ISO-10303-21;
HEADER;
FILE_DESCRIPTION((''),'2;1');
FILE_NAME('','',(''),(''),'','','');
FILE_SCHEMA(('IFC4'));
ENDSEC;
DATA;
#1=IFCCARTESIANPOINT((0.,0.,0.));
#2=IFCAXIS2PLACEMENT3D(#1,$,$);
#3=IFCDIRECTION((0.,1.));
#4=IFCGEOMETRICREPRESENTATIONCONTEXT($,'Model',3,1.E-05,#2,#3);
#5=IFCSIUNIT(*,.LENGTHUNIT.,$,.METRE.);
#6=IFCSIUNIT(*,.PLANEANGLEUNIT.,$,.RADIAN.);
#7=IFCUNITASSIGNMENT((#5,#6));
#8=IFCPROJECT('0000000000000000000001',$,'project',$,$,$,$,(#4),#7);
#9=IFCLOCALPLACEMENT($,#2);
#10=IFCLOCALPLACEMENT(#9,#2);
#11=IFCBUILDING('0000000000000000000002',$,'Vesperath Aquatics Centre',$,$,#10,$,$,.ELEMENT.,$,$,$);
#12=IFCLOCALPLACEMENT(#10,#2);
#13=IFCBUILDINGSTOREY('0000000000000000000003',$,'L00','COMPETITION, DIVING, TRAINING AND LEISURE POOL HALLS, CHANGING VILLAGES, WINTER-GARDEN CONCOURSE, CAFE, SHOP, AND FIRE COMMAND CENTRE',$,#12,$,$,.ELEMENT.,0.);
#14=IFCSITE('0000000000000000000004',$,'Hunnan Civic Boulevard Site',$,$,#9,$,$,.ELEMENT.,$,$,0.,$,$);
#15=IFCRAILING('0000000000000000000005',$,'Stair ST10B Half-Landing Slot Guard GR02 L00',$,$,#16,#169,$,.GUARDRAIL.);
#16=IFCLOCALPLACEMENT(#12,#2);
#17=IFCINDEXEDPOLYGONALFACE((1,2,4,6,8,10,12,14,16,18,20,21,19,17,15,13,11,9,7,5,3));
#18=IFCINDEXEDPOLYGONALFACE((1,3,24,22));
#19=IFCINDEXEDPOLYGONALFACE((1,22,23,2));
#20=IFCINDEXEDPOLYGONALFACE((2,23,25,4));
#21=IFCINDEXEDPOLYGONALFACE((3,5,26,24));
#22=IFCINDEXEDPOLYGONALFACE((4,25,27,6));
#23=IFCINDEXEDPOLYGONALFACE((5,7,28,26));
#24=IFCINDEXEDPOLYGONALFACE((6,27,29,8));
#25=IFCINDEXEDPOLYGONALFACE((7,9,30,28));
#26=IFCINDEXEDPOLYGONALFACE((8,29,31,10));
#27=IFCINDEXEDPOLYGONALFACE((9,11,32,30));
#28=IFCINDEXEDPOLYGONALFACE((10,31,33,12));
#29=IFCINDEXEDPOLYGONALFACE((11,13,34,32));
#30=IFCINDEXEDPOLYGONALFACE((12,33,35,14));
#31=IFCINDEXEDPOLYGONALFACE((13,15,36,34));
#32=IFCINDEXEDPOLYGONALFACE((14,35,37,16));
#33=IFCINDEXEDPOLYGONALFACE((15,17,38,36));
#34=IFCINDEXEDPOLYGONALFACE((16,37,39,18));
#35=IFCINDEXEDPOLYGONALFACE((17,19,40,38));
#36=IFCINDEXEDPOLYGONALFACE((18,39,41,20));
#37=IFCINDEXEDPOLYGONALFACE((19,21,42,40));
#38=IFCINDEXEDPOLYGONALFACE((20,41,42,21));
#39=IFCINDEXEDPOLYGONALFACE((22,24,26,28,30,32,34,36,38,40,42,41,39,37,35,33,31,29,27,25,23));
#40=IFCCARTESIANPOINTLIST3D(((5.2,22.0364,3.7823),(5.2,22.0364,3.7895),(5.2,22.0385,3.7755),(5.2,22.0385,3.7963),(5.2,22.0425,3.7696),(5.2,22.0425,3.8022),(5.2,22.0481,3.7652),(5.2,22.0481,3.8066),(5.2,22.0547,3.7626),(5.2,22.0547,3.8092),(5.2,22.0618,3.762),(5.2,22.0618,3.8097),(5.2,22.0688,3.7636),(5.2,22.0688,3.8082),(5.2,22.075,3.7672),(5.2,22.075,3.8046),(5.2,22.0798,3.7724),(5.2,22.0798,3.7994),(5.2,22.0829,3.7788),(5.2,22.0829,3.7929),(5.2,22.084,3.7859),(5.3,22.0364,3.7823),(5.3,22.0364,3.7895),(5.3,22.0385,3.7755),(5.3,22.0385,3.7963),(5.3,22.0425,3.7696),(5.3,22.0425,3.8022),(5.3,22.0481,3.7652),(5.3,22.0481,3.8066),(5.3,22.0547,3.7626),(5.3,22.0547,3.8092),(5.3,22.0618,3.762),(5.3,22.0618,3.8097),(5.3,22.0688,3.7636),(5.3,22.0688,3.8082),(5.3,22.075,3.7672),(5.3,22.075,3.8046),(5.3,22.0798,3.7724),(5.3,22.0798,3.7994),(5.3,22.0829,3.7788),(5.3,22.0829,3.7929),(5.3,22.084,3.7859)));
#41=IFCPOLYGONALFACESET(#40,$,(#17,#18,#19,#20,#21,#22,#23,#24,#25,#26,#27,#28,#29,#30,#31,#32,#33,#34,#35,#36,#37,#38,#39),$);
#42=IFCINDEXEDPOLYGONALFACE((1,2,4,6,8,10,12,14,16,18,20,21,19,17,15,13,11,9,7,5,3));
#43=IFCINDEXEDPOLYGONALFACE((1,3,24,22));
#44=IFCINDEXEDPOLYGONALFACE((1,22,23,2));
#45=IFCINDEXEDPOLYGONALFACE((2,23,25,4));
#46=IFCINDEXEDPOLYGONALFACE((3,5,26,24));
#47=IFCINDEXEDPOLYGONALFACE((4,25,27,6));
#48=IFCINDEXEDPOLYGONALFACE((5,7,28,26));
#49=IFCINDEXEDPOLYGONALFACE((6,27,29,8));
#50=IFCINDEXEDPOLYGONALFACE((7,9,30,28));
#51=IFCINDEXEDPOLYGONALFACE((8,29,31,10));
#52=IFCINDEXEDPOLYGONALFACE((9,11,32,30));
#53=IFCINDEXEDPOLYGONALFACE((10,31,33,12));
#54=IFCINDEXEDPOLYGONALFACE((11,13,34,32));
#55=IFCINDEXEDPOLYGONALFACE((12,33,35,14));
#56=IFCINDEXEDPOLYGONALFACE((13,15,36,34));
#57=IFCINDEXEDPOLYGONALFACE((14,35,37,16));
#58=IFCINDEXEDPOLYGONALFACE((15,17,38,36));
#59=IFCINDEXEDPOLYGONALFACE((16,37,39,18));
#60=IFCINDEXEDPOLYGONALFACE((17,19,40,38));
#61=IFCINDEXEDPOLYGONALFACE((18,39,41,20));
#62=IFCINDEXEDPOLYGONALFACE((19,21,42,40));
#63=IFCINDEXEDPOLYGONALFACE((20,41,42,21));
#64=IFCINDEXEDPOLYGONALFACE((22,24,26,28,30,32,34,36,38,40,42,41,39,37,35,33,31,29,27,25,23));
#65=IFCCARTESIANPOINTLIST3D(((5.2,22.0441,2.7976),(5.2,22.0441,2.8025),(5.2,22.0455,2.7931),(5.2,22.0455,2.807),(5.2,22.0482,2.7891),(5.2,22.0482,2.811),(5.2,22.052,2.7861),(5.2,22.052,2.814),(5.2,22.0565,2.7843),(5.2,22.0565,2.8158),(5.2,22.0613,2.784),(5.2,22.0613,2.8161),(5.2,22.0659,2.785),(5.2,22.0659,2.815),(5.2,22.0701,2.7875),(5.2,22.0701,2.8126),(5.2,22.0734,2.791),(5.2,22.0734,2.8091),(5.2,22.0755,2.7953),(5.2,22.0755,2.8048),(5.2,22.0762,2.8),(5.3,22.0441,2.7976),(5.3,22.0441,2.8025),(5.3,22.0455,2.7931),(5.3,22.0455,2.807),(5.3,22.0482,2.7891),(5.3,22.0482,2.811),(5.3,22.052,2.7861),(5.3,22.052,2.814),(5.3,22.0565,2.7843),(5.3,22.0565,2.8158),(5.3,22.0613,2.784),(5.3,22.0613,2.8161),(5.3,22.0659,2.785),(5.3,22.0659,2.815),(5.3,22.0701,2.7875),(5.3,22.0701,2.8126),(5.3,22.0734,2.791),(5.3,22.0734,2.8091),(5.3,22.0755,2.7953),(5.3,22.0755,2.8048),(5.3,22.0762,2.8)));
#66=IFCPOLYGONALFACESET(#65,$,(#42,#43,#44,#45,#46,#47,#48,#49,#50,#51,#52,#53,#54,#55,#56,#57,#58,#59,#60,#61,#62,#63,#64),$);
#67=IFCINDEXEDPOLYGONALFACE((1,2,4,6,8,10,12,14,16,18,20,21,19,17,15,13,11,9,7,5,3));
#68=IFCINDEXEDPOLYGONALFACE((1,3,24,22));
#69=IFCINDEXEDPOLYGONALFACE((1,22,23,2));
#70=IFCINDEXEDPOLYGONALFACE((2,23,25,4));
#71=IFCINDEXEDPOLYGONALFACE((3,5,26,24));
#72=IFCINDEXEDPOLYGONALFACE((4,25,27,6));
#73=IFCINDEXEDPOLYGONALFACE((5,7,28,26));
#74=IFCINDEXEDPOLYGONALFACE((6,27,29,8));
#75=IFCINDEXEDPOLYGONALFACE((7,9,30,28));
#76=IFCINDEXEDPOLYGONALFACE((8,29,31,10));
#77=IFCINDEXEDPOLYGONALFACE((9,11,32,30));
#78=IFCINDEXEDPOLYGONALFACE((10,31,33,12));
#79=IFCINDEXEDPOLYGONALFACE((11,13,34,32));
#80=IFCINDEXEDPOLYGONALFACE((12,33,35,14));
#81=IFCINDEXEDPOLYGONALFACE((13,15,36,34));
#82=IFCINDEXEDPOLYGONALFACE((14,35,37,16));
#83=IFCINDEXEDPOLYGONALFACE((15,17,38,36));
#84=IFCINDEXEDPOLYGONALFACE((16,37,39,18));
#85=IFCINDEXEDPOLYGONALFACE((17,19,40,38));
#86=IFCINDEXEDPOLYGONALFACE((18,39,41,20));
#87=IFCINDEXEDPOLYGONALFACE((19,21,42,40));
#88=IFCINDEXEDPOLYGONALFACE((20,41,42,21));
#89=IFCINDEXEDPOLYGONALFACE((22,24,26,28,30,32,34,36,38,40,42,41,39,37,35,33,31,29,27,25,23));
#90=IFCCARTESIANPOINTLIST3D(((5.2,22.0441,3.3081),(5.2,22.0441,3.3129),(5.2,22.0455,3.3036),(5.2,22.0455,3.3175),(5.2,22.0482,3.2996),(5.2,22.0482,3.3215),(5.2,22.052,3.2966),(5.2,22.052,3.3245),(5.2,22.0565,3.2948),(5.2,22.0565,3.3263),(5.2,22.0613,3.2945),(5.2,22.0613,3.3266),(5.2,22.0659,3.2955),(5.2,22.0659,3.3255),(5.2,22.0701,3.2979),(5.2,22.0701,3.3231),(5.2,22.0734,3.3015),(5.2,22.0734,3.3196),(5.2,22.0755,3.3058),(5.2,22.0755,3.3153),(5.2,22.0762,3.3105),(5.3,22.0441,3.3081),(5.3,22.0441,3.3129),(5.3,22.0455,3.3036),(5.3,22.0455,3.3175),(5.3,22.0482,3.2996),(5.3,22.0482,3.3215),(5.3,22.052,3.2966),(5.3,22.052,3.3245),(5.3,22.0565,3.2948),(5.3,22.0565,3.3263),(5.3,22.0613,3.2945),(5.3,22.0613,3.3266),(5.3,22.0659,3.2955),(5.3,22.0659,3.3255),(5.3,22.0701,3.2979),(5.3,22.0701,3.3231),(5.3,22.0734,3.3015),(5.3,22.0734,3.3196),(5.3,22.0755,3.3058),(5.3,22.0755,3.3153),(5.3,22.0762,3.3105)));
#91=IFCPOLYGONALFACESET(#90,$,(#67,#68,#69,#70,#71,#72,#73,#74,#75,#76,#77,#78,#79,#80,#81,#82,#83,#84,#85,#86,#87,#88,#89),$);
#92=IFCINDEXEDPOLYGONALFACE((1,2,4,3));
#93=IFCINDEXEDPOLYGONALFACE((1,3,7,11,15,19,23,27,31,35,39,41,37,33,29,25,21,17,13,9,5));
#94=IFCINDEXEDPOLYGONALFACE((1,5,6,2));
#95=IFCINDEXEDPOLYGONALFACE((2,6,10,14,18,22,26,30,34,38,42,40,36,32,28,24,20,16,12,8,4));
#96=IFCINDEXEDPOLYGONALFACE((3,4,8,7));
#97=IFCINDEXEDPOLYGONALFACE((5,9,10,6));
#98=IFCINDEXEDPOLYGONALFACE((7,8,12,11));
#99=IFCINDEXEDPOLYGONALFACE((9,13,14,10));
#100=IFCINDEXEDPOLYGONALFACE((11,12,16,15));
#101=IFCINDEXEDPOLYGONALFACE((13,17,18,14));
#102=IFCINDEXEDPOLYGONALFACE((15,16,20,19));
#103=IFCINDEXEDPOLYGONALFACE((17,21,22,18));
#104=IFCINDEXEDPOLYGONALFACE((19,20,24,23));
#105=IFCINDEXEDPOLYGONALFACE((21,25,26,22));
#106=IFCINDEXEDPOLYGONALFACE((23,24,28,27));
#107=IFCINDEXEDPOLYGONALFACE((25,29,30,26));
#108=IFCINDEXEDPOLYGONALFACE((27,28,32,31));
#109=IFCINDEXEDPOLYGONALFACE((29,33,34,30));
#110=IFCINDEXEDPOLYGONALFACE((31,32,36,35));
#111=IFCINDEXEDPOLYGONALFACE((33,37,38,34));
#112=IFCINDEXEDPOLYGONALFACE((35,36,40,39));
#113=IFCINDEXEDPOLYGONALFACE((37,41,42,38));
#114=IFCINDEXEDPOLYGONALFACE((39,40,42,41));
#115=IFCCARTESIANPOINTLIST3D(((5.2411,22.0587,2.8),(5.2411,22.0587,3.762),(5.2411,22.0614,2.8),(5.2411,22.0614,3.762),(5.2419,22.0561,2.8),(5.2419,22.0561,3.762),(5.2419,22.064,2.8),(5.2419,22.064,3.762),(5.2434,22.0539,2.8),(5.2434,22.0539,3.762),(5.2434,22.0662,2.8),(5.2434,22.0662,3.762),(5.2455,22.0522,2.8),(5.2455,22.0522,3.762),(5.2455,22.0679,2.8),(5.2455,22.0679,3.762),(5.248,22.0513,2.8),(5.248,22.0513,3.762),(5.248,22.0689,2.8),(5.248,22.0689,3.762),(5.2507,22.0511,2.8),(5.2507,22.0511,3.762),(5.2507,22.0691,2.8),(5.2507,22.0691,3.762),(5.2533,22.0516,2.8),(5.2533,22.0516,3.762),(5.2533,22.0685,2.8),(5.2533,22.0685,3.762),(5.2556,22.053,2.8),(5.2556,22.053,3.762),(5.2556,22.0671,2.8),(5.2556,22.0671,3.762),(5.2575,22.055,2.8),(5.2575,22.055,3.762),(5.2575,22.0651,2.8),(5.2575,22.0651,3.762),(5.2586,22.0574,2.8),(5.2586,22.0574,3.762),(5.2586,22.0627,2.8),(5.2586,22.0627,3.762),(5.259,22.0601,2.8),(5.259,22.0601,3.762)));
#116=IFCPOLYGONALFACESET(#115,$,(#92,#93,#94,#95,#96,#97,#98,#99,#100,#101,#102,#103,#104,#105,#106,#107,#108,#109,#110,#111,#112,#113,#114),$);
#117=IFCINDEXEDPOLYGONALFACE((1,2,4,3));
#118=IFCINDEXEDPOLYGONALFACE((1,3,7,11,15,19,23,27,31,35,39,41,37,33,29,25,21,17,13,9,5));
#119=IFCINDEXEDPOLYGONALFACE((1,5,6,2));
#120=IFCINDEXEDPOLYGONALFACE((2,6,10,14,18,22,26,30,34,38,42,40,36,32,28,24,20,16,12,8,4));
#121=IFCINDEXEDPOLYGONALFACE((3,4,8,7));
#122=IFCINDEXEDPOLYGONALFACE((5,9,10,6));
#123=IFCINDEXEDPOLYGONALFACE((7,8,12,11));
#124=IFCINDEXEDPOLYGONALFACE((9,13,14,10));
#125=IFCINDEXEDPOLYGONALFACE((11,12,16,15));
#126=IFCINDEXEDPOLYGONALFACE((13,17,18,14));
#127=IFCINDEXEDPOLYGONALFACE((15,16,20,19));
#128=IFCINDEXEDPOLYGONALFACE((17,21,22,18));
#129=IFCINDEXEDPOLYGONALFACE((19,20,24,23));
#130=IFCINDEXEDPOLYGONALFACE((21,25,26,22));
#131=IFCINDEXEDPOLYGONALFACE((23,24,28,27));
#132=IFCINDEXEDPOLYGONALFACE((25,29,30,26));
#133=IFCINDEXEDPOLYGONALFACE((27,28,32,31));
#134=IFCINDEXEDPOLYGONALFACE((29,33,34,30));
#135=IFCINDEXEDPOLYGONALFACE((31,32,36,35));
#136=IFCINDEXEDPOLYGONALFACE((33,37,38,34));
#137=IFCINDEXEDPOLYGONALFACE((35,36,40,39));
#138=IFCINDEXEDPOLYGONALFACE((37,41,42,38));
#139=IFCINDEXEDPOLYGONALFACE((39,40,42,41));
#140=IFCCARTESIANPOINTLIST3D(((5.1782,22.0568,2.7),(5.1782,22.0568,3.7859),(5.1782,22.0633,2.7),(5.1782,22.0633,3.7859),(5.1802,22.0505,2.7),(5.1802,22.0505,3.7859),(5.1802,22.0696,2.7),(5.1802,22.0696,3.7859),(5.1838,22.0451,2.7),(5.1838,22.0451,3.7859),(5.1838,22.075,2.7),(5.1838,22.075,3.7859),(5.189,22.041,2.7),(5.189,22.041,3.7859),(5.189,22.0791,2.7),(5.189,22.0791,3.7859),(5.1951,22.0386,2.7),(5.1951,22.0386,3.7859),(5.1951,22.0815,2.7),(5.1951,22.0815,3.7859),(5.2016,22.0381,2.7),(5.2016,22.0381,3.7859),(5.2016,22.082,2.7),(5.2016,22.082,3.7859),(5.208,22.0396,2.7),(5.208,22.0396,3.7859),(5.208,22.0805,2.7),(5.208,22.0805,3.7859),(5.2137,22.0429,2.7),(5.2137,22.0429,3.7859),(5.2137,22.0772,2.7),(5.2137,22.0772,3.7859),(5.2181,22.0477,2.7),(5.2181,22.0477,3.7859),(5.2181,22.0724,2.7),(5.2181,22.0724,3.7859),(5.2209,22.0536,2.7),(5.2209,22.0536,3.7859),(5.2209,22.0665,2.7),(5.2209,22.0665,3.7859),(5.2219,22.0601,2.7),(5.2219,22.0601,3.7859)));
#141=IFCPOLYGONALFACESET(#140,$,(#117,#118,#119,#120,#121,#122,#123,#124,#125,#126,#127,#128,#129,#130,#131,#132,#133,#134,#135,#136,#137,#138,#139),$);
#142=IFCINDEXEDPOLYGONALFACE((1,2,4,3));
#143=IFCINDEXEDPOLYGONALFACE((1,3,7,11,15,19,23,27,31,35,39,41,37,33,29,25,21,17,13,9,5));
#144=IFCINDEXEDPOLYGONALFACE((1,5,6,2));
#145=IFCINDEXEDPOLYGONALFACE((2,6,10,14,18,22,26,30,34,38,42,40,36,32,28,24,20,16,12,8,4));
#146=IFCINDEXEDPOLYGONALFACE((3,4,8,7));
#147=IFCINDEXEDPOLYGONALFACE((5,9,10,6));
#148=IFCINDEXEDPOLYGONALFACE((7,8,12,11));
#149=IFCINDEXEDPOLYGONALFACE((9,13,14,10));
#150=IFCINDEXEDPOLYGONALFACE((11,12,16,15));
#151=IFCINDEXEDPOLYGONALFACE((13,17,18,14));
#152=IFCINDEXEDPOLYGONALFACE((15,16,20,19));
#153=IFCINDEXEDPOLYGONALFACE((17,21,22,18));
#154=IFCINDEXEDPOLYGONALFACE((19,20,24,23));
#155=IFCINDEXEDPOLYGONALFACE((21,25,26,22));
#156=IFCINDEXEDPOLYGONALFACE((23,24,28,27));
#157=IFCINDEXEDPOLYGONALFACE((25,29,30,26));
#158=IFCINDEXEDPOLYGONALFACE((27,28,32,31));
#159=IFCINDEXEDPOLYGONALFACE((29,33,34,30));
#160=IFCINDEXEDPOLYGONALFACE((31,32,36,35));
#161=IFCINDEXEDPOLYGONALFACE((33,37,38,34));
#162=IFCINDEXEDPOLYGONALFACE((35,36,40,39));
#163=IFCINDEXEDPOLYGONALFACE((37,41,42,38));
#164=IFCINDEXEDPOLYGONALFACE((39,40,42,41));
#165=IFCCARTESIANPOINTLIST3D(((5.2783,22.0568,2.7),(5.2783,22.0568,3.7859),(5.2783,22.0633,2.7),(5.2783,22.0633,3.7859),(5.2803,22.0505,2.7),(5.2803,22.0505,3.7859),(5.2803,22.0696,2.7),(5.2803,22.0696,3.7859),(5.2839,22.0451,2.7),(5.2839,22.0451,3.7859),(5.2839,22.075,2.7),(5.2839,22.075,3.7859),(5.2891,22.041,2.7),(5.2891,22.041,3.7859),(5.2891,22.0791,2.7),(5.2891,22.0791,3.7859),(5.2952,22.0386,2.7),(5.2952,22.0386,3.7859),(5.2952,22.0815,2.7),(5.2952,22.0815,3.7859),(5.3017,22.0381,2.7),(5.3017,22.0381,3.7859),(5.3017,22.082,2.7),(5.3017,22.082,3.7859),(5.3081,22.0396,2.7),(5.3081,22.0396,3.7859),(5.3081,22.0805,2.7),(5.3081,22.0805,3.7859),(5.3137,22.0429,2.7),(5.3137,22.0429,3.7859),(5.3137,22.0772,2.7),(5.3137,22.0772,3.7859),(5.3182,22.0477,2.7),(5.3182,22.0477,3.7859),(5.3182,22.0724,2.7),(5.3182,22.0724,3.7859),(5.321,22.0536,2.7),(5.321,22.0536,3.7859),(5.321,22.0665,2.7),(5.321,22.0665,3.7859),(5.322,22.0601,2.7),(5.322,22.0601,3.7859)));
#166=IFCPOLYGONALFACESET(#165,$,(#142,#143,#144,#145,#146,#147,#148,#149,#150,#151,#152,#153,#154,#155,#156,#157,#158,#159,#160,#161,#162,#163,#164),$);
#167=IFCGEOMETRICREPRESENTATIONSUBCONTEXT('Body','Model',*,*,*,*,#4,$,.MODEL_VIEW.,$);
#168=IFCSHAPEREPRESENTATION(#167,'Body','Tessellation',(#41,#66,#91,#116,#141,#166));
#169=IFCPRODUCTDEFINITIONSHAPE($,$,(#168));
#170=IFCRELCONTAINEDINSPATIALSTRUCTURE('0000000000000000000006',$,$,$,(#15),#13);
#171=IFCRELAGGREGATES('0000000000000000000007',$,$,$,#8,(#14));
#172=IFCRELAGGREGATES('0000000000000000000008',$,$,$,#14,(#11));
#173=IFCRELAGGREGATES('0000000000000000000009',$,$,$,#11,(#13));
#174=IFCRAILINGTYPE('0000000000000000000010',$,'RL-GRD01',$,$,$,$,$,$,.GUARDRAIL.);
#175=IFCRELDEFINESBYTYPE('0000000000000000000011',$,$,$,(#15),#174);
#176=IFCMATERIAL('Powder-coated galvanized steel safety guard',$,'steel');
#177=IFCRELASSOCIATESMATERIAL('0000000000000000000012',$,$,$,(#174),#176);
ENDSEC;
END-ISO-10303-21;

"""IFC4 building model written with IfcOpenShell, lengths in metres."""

from ifc_helpers import new_model, si_unit, direction, frame, origin, origin_2d, place, context, subcontext, project, spatial, circle, extrude, material, type_object, element, save


model = new_model("IFC4")

# Units and contexts
model_context = context("Model", 3, precision=1e-05, world=origin(), true_north=direction((0.0, 1.0)))
body_context = subcontext(model_context, "Body", "Model", "MODEL_VIEW")
ifc_project = project(units=[si_unit("LENGTHUNIT", "METRE"), si_unit("PLANEANGLEUNIT", "RADIAN")], contexts=[model_context])

# Site, building, storey
site_placement = place(None, origin())
site = spatial("IfcSite", under=ifc_project, at=site_placement, Name="Hunnan Civic Boulevard Site", CompositionType="ELEMENT", RefElevation=0.0)
building_placement = place(site_placement, origin())
building = spatial("IfcBuilding", under=site, at=building_placement, Name="Vesperath Aquatics Centre", CompositionType="ELEMENT")
storey_placement = place(building_placement, origin())
storey = spatial("IfcBuildingStorey", under=building, at=storey_placement, Name="L00", Description="COMPETITION, DIVING, TRAINING AND LEISURE POOL HALLS, CHANGING VILLAGES, WINTER-GARDEN CONCOURSE, CAFE, SHOP, AND FIRE COMMAND CENTRE", CompositionType="ELEMENT", Elevation=0.0)

# Railing
ifc_material_1 = material(Name="Powder-coated galvanized steel safety guard", Category="steel")
railing_type_1 = type_object("IfcRailingType", Name="RL-GRD01", PredefinedType="GUARDRAIL", material=ifc_material_1)
railing_1_placement = place(storey_placement, frame((5.2, 22.0601, 2.7)))
element("IfcRailing", 1, at=railing_1_placement, inside=storey, type_object=railing_type_1, Name="Stair ST10B Half-Landing Slot Guard GR02 L00", PredefinedType="GUARDRAIL", context=body_context, shape_type="SweptSolid", body=[
    extrude(circle(Radius=0.0239, at=origin_2d()), frame((0.0, 0.0, 1.0859), z_axis=(1.0, 0.0, 0.0), x_axis=(0.0, 1.0, 0.0)), (0.0, 0.0, 1.0), 0.1001),
    extrude(circle(Radius=0.0161, at=origin_2d()), frame((0.0, 0.0, 0.1001), z_axis=(1.0, 0.0, 0.0), x_axis=(0.0, 1.0, 0.0)), (0.0, 0.0, 1.0), 0.1001),
    extrude(circle(Radius=0.0161, at=origin_2d()), frame((0.0, 0.0, 0.6106), z_axis=(1.0, 0.0, 0.0), x_axis=(0.0, 1.0, 0.0)), (0.0, 0.0, 1.0), 0.1001),
    extrude(circle(Radius=0.009, at=origin_2d()), frame((0.05, 0.0, 0.1001)), (0.0, 0.0, 1.0), 0.9619),
    extrude(circle(Radius=0.022, at=origin_2d()), origin(), (0.0, 0.0, 1.0), 1.0859),
    extrude(circle(Radius=0.022, at=origin_2d()), frame((0.1001, 0.0, 0.0)), (0.0, 0.0, 1.0), 1.0859),
])

save(model, "model.ifc")
